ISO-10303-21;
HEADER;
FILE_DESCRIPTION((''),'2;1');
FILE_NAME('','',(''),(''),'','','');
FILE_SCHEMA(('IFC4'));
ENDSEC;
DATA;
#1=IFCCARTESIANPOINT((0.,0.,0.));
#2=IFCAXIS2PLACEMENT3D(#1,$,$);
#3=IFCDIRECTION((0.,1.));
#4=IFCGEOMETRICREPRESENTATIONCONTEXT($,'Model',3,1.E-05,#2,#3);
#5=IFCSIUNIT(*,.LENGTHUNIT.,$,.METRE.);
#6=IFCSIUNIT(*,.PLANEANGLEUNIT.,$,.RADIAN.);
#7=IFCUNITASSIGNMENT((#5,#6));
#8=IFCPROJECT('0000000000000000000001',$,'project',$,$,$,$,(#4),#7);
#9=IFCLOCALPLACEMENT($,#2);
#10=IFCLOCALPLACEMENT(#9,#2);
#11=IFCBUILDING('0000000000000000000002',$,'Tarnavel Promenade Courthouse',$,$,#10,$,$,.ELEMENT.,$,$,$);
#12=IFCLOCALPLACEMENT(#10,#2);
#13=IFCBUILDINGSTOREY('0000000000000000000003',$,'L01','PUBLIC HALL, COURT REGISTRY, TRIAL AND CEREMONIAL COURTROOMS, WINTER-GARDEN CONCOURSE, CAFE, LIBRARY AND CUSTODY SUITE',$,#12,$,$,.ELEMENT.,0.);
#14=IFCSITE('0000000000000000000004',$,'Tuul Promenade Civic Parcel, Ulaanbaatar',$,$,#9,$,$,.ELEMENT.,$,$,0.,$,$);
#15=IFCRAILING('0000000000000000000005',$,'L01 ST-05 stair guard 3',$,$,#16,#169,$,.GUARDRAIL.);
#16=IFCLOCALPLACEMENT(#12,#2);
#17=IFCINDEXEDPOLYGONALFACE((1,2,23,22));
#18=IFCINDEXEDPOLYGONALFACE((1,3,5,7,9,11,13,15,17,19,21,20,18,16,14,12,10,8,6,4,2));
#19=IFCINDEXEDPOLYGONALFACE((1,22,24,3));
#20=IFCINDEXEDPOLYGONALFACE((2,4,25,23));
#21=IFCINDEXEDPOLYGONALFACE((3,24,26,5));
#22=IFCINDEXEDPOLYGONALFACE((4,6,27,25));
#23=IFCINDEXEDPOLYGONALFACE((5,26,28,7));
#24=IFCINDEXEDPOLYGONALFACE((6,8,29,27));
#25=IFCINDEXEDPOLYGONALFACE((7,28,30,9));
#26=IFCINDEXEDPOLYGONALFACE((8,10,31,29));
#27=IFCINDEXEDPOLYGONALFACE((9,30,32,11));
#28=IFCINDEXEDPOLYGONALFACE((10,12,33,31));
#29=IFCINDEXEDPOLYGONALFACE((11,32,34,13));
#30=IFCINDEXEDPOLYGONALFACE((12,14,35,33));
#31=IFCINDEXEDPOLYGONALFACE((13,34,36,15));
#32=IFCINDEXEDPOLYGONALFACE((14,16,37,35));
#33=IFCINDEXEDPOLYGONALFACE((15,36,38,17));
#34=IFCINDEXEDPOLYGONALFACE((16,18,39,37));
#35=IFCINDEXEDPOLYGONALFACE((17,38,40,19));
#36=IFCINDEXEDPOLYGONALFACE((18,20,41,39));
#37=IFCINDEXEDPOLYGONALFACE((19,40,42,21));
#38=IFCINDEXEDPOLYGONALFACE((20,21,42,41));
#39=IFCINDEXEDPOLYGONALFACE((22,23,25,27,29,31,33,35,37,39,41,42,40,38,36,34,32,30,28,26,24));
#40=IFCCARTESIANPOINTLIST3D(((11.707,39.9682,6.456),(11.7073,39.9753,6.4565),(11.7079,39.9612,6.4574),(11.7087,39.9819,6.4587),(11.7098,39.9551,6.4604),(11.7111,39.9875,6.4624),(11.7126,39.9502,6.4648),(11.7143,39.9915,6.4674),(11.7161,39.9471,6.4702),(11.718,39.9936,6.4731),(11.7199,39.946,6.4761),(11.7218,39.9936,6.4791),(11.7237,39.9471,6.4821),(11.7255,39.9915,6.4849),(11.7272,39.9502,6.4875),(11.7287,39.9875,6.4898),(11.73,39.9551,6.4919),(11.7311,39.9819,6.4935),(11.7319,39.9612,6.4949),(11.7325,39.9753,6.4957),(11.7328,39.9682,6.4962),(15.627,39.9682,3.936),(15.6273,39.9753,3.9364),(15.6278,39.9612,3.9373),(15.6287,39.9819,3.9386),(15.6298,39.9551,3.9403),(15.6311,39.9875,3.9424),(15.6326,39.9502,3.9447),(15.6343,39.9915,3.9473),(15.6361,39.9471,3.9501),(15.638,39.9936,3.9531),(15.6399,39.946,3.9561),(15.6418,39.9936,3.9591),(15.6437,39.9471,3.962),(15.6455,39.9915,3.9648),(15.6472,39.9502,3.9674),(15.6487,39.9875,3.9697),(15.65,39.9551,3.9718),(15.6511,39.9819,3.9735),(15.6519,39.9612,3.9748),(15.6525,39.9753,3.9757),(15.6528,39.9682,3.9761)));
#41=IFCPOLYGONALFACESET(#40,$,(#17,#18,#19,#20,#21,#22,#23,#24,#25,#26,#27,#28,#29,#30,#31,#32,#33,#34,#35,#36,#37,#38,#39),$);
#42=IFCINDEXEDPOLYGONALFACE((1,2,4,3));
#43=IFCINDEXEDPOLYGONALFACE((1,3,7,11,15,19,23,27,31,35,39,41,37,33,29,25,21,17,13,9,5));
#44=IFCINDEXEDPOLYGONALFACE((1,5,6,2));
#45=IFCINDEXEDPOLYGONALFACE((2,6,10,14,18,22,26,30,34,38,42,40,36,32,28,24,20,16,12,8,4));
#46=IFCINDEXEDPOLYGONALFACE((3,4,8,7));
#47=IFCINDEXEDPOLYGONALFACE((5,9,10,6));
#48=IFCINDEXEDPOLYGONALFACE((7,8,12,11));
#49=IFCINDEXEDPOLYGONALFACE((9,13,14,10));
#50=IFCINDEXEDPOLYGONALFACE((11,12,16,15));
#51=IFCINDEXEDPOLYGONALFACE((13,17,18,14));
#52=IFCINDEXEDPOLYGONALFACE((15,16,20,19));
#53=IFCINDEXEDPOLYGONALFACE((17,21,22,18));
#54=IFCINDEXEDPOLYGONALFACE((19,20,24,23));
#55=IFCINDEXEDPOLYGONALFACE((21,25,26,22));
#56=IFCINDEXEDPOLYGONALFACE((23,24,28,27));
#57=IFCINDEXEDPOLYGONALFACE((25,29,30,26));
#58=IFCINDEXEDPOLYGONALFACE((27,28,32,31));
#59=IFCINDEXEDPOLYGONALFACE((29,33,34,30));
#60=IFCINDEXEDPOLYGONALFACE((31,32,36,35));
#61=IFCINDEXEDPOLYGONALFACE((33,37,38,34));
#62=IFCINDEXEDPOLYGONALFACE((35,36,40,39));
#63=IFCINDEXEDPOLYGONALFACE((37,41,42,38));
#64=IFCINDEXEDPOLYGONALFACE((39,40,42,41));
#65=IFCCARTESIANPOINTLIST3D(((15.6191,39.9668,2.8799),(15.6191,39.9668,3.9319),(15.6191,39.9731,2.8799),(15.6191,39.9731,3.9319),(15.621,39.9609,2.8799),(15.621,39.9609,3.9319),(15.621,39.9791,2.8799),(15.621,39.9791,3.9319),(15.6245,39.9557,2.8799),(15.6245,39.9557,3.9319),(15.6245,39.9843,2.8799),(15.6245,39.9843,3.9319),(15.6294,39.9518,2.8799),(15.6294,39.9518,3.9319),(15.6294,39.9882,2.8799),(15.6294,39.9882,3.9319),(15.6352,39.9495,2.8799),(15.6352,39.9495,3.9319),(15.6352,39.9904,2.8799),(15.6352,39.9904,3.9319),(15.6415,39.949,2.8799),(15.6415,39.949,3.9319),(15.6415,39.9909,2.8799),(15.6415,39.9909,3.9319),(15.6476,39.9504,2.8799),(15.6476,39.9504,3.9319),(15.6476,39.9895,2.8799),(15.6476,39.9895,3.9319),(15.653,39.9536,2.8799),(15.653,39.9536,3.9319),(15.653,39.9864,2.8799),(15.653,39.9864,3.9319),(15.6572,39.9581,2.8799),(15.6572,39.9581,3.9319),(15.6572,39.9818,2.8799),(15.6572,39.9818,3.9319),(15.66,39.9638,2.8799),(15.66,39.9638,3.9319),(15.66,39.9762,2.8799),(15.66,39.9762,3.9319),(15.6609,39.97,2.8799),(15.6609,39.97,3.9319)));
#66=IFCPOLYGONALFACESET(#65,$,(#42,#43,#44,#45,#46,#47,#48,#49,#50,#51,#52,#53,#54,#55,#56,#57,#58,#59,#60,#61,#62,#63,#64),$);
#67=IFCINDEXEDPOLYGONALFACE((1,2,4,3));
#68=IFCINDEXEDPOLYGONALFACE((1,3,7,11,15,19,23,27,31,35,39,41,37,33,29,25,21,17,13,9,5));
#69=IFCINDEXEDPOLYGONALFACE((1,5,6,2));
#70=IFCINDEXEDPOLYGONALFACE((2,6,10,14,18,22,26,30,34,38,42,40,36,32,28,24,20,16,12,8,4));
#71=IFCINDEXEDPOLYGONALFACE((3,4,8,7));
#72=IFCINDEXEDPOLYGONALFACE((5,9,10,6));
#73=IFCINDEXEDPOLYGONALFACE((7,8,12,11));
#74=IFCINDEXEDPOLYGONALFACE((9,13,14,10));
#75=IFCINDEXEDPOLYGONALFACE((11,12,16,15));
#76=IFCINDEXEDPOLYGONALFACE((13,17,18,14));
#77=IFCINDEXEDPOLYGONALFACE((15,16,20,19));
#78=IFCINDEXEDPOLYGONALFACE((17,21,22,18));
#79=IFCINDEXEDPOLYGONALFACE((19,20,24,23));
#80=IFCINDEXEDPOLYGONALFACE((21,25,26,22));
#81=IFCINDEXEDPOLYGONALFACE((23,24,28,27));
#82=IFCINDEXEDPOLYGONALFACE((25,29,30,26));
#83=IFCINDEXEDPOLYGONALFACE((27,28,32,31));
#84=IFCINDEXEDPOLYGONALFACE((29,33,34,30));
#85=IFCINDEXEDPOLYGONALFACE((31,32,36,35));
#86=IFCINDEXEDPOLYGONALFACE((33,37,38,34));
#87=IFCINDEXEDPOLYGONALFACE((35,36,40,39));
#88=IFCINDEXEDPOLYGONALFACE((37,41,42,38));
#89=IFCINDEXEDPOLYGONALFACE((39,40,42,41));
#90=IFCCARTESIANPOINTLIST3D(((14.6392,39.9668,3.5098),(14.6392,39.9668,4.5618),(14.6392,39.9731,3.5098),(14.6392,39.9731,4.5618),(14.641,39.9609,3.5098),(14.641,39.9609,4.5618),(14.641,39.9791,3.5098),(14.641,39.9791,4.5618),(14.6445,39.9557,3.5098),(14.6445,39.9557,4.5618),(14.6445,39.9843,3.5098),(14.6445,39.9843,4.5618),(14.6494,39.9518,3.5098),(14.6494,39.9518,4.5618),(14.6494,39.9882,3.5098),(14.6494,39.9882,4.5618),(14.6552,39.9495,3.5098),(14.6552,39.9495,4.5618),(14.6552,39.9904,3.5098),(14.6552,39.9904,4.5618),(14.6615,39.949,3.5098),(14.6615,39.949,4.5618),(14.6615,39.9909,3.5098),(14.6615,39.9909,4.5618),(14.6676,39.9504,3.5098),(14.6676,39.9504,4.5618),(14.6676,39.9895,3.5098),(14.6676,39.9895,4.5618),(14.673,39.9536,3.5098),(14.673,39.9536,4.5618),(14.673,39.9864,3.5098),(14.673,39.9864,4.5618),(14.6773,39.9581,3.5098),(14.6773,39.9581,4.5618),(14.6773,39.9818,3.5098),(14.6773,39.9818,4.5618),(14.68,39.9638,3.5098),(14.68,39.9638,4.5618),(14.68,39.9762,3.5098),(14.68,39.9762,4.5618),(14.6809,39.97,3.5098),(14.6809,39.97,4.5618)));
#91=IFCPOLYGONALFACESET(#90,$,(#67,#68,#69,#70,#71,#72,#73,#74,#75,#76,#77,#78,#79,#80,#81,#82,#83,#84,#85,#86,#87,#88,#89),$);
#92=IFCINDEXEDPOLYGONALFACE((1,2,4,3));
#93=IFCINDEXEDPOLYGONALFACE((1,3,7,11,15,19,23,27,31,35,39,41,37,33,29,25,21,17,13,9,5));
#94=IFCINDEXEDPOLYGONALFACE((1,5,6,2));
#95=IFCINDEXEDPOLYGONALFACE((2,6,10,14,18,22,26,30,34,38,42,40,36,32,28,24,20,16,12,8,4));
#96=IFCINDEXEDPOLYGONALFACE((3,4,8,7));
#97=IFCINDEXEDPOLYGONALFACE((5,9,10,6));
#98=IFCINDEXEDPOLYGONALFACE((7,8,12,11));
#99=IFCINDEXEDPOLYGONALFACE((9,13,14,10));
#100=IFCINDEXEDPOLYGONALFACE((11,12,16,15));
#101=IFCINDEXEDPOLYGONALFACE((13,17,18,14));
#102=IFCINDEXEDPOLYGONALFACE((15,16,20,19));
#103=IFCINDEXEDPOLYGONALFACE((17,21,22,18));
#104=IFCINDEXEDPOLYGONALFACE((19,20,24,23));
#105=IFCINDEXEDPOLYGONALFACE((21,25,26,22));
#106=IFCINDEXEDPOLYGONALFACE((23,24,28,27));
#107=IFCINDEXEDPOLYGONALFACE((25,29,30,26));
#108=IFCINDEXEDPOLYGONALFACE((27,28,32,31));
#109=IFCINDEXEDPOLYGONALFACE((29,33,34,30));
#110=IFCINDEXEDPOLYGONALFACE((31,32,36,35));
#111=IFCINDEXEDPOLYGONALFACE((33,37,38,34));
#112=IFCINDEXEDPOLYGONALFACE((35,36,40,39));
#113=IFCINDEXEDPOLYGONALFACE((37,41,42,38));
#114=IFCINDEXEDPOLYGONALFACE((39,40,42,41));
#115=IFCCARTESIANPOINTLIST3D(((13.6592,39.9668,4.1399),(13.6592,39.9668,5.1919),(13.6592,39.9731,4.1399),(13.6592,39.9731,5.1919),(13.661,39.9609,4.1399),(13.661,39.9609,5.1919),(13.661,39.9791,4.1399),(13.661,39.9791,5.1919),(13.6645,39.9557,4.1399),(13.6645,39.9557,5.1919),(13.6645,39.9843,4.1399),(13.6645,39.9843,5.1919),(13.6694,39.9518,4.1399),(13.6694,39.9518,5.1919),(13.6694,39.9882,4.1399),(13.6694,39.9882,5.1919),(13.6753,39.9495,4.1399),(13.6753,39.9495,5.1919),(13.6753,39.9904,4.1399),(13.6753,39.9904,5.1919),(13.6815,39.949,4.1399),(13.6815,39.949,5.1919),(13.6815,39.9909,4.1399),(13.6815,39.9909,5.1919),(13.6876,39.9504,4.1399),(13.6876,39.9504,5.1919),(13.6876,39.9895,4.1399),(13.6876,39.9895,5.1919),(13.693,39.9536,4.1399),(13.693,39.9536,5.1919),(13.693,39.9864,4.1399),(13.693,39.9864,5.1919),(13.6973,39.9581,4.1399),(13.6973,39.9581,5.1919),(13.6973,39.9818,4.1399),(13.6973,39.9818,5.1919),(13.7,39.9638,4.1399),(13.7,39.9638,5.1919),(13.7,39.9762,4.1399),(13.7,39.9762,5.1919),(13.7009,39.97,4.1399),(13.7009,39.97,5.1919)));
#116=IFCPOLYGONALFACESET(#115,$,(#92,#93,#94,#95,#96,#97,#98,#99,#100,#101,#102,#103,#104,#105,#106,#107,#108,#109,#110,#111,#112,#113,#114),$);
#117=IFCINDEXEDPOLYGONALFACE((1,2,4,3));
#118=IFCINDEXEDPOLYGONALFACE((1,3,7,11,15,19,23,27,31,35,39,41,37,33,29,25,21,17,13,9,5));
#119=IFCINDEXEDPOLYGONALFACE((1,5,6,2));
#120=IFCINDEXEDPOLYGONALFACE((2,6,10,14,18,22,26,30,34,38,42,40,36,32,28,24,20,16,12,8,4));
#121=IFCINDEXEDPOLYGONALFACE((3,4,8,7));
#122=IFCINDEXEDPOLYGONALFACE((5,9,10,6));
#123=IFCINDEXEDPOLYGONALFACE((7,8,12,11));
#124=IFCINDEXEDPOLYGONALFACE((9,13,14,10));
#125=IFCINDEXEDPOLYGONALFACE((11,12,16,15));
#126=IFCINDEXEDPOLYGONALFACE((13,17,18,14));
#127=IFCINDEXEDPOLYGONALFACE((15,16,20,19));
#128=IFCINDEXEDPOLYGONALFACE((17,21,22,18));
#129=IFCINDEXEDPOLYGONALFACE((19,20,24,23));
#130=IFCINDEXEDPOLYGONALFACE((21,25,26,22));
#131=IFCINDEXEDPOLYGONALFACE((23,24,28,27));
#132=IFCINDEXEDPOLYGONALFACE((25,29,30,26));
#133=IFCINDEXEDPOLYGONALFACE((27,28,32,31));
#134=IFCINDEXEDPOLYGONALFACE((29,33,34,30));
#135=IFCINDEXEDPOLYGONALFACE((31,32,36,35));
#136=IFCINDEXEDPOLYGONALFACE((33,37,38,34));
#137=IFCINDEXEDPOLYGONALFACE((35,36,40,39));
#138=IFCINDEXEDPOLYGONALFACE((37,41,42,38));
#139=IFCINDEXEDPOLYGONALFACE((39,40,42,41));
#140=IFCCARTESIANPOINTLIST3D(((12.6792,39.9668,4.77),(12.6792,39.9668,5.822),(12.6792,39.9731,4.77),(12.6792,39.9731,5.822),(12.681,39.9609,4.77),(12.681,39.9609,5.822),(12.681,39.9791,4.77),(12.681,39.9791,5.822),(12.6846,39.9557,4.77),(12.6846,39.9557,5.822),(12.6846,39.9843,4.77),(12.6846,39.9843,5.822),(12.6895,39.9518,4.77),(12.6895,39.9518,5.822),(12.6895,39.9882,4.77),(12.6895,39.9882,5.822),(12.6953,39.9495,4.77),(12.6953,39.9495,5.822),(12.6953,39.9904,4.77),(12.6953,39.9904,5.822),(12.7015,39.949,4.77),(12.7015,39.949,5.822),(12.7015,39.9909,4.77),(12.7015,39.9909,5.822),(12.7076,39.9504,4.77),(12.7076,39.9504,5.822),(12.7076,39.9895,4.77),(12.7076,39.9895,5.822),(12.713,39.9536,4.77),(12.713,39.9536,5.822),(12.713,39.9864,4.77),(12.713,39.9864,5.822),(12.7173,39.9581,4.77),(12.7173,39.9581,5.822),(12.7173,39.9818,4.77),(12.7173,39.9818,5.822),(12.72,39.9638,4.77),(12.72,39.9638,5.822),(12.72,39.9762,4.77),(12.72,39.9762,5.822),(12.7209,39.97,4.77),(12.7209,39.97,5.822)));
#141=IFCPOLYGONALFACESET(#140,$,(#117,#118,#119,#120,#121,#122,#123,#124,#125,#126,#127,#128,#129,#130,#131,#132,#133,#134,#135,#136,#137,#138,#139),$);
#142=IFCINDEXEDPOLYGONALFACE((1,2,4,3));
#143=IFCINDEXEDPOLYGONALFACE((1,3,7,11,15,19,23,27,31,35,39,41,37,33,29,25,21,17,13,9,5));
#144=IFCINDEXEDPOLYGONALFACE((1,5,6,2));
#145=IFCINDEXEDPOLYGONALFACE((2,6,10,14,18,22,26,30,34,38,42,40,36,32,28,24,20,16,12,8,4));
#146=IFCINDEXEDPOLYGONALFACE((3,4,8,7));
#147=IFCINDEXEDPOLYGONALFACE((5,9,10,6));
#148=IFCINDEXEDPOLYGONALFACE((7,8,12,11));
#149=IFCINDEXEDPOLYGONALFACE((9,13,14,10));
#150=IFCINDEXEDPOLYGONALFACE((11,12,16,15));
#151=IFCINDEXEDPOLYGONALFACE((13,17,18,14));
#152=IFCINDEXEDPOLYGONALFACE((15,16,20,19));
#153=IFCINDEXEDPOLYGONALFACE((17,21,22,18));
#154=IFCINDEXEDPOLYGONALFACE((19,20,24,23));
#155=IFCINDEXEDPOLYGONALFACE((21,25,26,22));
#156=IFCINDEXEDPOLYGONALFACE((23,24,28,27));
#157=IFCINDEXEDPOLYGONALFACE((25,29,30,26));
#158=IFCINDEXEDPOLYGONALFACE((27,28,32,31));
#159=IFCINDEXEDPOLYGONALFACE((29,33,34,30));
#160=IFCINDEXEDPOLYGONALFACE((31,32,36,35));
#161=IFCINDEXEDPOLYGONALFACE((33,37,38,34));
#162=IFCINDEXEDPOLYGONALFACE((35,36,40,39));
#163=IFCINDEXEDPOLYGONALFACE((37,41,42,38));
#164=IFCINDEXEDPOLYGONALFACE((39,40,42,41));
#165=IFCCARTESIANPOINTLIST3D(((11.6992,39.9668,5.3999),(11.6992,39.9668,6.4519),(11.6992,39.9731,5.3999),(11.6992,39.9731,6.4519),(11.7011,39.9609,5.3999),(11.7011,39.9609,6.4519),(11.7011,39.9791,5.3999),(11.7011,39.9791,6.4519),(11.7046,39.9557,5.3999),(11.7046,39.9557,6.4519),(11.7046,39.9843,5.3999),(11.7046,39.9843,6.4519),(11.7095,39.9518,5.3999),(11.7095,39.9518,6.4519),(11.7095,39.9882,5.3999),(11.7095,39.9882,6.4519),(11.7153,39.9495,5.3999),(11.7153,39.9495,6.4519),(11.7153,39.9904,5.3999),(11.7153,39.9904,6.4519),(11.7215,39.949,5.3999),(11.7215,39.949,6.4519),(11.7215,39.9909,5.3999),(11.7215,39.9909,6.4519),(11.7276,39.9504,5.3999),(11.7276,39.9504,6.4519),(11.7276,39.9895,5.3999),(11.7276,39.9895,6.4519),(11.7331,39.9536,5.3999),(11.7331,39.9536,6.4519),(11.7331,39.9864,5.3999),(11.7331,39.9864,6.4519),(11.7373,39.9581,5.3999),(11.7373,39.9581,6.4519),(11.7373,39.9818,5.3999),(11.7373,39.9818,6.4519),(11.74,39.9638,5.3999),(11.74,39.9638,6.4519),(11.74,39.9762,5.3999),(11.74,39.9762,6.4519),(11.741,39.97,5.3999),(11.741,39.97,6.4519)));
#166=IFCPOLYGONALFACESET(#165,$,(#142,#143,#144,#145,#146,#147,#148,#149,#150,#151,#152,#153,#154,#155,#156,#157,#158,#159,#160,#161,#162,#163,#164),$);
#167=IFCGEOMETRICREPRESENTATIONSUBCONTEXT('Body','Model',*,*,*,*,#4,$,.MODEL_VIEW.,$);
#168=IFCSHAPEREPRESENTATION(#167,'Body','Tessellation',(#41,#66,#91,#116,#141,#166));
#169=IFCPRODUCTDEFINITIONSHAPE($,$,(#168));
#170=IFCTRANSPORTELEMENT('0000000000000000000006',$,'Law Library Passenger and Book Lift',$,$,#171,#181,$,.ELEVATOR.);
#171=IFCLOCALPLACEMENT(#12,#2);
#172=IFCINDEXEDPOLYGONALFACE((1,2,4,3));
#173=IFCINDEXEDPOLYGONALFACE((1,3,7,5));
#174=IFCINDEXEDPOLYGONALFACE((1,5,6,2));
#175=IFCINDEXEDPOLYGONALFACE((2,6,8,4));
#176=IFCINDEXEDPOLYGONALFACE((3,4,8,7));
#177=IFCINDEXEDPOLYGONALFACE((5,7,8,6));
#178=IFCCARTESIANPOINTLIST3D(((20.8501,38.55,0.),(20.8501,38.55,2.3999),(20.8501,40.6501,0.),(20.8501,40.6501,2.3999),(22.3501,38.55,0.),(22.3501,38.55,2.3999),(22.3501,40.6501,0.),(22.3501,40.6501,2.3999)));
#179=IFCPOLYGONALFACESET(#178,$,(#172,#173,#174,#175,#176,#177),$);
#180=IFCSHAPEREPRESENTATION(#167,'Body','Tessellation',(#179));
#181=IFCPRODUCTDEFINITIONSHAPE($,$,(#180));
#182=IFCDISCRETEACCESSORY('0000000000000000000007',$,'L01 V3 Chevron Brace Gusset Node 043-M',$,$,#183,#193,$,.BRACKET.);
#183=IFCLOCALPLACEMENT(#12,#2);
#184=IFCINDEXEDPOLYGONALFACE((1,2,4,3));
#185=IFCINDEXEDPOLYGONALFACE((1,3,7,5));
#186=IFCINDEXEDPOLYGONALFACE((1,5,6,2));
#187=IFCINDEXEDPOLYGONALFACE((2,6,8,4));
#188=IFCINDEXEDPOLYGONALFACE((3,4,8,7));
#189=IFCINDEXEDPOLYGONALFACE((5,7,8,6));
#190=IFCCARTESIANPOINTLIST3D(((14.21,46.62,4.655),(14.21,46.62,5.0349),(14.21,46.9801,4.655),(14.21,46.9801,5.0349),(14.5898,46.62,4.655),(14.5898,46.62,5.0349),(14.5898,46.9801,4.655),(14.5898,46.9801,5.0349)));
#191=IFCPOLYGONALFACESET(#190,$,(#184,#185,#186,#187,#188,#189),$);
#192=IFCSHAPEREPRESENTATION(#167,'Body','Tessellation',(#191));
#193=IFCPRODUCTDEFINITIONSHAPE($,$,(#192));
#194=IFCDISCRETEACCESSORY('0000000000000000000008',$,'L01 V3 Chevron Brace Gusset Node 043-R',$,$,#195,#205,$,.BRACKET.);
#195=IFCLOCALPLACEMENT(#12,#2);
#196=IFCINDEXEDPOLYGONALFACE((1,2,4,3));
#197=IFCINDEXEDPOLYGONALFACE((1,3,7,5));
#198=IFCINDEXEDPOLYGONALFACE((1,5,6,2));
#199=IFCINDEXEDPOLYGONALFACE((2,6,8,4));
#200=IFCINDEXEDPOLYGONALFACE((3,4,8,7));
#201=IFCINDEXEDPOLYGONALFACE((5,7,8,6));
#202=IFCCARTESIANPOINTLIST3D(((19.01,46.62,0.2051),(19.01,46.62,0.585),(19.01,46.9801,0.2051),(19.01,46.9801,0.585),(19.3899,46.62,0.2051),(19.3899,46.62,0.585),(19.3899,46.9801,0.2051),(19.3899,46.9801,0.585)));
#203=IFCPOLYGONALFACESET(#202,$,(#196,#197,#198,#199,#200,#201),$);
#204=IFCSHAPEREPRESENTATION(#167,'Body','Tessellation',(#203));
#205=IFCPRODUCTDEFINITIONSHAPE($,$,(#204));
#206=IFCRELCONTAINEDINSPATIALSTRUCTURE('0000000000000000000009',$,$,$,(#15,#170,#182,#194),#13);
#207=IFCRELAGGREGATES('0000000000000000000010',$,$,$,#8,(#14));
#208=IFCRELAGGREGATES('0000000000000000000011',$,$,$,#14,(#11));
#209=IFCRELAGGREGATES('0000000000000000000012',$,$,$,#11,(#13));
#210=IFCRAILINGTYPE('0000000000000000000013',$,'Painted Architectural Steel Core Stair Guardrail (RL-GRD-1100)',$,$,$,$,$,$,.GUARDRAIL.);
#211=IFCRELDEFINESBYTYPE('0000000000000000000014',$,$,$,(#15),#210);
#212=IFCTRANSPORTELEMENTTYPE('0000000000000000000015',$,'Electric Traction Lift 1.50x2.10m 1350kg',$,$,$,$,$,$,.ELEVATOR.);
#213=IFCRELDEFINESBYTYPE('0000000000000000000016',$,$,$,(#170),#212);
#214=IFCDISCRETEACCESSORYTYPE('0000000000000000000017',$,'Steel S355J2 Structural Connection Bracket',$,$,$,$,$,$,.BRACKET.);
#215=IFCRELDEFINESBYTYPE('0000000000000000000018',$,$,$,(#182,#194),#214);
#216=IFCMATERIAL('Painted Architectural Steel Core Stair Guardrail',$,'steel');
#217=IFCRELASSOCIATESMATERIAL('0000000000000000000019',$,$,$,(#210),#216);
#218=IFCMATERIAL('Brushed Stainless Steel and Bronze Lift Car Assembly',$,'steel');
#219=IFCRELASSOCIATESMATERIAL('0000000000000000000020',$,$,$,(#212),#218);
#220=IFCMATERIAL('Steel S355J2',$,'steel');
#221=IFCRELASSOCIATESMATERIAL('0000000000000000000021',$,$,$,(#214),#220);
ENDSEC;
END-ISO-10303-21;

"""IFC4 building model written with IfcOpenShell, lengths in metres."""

from ifc_helpers import new_model, si_unit, direction, frame, origin, origin_2d, place, context, subcontext, project, spatial, rectangle, circle, extrude, material, type_object, element, save


model = new_model("IFC4")

# Units and contexts
model_context = context("Model", 3, precision=1e-05, world=origin(), true_north=direction((0.0, 1.0)))
body_context = subcontext(model_context, "Body", "Model", "MODEL_VIEW")
ifc_project = project(units=[si_unit("LENGTHUNIT", "METRE"), si_unit("PLANEANGLEUNIT", "RADIAN")], contexts=[model_context])

# Site, building, storey
site_placement = place(None, origin())
site = spatial("IfcSite", under=ifc_project, at=site_placement, Name="Tuul Promenade Civic Parcel, Ulaanbaatar", CompositionType="ELEMENT", RefElevation=0.0)
building_placement = place(site_placement, origin())
building = spatial("IfcBuilding", under=site, at=building_placement, Name="Tarnavel Promenade Courthouse", CompositionType="ELEMENT")
storey_placement = place(building_placement, origin())
storey = spatial("IfcBuildingStorey", under=building, at=storey_placement, Name="L01", Description="PUBLIC HALL, COURT REGISTRY, TRIAL AND CEREMONIAL COURTROOMS, WINTER-GARDEN CONCOURSE, CAFE, LIBRARY AND CUSTODY SUITE", CompositionType="ELEMENT", Elevation=0.0)

# Shared definitions
ifc_material_1 = material(Name="Steel S355J2", Category="steel")

# Railing
ifc_material_2 = material(Name="Painted Architectural Steel Core Stair Guardrail", Category="steel")
railing_type_1 = type_object("IfcRailingType", Name="Painted Architectural Steel Core Stair Guardrail (RL-GRD-1100)", PredefinedType="GUARDRAIL", material=ifc_material_2)
railing_1_placement = place(storey_placement, frame((15.6399, 39.97, 2.8799)))
element("IfcRailing", 1, at=railing_1_placement, inside=storey, type_object=railing_type_1, Name="L01 ST-05 stair guard 3", PredefinedType="GUARDRAIL", context=body_context, shape_type="SweptSolid", body=[
    extrude(circle(Radius=0.0239, at=origin_2d()), frame((0.0, 0.0, 1.0762), z_axis=(-0.841172, 0.0, 0.540768), x_axis=(0.0, -1.0, 0.0)), (0.0, 0.0, 1.0), 4.6602),
    extrude(circle(Radius=0.021, at=origin_2d()), origin(), (0.0, 0.0, 1.0), 1.052),
    extrude(circle(Radius=0.021, at=origin_2d()), frame((-0.98, 0.0, 0.6299)), (0.0, 0.0, 1.0), 1.052),
    extrude(circle(Radius=0.021, at=origin_2d()), frame((-1.96, 0.0, 1.26)), (0.0, 0.0, 1.0), 1.052),
    extrude(circle(Radius=0.021, at=origin_2d()), frame((-2.9399, 0.0, 1.8901)), (0.0, 0.0, 1.0), 1.052),
    extrude(circle(Radius=0.021, at=origin_2d()), frame((-3.9199, 0.0, 2.52)), (0.0, 0.0, 1.0), 1.052),
])

# Transport element
ifc_material_3 = material(Name="Brushed Stainless Steel and Bronze Lift Car Assembly", Category="steel")
transport_element_type = type_object("IfcTransportElementType", Name="Electric Traction Lift 1.50x2.10m 1350kg", PredefinedType="ELEVATOR", material=ifc_material_3)
transport_element_placement = place(storey_placement, frame((21.6001, 39.6001, 0.0), z_axis=(0.0, 0.0, 1.0), x_axis=(1.0, 0.0, 0.0)))
element("IfcTransportElement", 2, at=transport_element_placement, inside=storey, type_object=transport_element_type, Name="Law Library Passenger and Book Lift", PredefinedType="ELEVATOR", context=body_context, shape_type="SweptSolid", body=[
    extrude(rectangle(XDim=1.5, YDim=2.1001, at=origin_2d()), origin(), (0.0, 0.0, 1.0), 2.3999),
])

# Discrete accessories
discrete_accessory_type = type_object("IfcDiscreteAccessoryType", Name="Steel S355J2 Structural Connection Bracket", PredefinedType="BRACKET", material=ifc_material_1)
for number, where, z_axis, x_axis, name in (
    (3, (14.3999, 46.8, 4.655), (0.0, 0.0, 1.0), (1.0, 0.0, 0.0), "L01 V3 Chevron Brace Gusset Node 043-M"),
    (4, (19.2, 46.8, 0.2051), (0.0, 0.0, 1.0), (1.0, 0.0, 0.0), "L01 V3 Chevron Brace Gusset Node 043-R"),
):
    element("IfcDiscreteAccessory", number, at=place(storey_placement, frame(where, z_axis=z_axis, x_axis=x_axis)), inside=storey, type_object=discrete_accessory_type, Name=name, PredefinedType="BRACKET", context=body_context, shape_type="SweptSolid", body=[
        extrude(rectangle(XDim=0.3799, YDim=0.3601, at=origin_2d()), origin(), (0.0, 0.0, 1.0), 0.3799),
    ])

save(model, "model.ifc")
